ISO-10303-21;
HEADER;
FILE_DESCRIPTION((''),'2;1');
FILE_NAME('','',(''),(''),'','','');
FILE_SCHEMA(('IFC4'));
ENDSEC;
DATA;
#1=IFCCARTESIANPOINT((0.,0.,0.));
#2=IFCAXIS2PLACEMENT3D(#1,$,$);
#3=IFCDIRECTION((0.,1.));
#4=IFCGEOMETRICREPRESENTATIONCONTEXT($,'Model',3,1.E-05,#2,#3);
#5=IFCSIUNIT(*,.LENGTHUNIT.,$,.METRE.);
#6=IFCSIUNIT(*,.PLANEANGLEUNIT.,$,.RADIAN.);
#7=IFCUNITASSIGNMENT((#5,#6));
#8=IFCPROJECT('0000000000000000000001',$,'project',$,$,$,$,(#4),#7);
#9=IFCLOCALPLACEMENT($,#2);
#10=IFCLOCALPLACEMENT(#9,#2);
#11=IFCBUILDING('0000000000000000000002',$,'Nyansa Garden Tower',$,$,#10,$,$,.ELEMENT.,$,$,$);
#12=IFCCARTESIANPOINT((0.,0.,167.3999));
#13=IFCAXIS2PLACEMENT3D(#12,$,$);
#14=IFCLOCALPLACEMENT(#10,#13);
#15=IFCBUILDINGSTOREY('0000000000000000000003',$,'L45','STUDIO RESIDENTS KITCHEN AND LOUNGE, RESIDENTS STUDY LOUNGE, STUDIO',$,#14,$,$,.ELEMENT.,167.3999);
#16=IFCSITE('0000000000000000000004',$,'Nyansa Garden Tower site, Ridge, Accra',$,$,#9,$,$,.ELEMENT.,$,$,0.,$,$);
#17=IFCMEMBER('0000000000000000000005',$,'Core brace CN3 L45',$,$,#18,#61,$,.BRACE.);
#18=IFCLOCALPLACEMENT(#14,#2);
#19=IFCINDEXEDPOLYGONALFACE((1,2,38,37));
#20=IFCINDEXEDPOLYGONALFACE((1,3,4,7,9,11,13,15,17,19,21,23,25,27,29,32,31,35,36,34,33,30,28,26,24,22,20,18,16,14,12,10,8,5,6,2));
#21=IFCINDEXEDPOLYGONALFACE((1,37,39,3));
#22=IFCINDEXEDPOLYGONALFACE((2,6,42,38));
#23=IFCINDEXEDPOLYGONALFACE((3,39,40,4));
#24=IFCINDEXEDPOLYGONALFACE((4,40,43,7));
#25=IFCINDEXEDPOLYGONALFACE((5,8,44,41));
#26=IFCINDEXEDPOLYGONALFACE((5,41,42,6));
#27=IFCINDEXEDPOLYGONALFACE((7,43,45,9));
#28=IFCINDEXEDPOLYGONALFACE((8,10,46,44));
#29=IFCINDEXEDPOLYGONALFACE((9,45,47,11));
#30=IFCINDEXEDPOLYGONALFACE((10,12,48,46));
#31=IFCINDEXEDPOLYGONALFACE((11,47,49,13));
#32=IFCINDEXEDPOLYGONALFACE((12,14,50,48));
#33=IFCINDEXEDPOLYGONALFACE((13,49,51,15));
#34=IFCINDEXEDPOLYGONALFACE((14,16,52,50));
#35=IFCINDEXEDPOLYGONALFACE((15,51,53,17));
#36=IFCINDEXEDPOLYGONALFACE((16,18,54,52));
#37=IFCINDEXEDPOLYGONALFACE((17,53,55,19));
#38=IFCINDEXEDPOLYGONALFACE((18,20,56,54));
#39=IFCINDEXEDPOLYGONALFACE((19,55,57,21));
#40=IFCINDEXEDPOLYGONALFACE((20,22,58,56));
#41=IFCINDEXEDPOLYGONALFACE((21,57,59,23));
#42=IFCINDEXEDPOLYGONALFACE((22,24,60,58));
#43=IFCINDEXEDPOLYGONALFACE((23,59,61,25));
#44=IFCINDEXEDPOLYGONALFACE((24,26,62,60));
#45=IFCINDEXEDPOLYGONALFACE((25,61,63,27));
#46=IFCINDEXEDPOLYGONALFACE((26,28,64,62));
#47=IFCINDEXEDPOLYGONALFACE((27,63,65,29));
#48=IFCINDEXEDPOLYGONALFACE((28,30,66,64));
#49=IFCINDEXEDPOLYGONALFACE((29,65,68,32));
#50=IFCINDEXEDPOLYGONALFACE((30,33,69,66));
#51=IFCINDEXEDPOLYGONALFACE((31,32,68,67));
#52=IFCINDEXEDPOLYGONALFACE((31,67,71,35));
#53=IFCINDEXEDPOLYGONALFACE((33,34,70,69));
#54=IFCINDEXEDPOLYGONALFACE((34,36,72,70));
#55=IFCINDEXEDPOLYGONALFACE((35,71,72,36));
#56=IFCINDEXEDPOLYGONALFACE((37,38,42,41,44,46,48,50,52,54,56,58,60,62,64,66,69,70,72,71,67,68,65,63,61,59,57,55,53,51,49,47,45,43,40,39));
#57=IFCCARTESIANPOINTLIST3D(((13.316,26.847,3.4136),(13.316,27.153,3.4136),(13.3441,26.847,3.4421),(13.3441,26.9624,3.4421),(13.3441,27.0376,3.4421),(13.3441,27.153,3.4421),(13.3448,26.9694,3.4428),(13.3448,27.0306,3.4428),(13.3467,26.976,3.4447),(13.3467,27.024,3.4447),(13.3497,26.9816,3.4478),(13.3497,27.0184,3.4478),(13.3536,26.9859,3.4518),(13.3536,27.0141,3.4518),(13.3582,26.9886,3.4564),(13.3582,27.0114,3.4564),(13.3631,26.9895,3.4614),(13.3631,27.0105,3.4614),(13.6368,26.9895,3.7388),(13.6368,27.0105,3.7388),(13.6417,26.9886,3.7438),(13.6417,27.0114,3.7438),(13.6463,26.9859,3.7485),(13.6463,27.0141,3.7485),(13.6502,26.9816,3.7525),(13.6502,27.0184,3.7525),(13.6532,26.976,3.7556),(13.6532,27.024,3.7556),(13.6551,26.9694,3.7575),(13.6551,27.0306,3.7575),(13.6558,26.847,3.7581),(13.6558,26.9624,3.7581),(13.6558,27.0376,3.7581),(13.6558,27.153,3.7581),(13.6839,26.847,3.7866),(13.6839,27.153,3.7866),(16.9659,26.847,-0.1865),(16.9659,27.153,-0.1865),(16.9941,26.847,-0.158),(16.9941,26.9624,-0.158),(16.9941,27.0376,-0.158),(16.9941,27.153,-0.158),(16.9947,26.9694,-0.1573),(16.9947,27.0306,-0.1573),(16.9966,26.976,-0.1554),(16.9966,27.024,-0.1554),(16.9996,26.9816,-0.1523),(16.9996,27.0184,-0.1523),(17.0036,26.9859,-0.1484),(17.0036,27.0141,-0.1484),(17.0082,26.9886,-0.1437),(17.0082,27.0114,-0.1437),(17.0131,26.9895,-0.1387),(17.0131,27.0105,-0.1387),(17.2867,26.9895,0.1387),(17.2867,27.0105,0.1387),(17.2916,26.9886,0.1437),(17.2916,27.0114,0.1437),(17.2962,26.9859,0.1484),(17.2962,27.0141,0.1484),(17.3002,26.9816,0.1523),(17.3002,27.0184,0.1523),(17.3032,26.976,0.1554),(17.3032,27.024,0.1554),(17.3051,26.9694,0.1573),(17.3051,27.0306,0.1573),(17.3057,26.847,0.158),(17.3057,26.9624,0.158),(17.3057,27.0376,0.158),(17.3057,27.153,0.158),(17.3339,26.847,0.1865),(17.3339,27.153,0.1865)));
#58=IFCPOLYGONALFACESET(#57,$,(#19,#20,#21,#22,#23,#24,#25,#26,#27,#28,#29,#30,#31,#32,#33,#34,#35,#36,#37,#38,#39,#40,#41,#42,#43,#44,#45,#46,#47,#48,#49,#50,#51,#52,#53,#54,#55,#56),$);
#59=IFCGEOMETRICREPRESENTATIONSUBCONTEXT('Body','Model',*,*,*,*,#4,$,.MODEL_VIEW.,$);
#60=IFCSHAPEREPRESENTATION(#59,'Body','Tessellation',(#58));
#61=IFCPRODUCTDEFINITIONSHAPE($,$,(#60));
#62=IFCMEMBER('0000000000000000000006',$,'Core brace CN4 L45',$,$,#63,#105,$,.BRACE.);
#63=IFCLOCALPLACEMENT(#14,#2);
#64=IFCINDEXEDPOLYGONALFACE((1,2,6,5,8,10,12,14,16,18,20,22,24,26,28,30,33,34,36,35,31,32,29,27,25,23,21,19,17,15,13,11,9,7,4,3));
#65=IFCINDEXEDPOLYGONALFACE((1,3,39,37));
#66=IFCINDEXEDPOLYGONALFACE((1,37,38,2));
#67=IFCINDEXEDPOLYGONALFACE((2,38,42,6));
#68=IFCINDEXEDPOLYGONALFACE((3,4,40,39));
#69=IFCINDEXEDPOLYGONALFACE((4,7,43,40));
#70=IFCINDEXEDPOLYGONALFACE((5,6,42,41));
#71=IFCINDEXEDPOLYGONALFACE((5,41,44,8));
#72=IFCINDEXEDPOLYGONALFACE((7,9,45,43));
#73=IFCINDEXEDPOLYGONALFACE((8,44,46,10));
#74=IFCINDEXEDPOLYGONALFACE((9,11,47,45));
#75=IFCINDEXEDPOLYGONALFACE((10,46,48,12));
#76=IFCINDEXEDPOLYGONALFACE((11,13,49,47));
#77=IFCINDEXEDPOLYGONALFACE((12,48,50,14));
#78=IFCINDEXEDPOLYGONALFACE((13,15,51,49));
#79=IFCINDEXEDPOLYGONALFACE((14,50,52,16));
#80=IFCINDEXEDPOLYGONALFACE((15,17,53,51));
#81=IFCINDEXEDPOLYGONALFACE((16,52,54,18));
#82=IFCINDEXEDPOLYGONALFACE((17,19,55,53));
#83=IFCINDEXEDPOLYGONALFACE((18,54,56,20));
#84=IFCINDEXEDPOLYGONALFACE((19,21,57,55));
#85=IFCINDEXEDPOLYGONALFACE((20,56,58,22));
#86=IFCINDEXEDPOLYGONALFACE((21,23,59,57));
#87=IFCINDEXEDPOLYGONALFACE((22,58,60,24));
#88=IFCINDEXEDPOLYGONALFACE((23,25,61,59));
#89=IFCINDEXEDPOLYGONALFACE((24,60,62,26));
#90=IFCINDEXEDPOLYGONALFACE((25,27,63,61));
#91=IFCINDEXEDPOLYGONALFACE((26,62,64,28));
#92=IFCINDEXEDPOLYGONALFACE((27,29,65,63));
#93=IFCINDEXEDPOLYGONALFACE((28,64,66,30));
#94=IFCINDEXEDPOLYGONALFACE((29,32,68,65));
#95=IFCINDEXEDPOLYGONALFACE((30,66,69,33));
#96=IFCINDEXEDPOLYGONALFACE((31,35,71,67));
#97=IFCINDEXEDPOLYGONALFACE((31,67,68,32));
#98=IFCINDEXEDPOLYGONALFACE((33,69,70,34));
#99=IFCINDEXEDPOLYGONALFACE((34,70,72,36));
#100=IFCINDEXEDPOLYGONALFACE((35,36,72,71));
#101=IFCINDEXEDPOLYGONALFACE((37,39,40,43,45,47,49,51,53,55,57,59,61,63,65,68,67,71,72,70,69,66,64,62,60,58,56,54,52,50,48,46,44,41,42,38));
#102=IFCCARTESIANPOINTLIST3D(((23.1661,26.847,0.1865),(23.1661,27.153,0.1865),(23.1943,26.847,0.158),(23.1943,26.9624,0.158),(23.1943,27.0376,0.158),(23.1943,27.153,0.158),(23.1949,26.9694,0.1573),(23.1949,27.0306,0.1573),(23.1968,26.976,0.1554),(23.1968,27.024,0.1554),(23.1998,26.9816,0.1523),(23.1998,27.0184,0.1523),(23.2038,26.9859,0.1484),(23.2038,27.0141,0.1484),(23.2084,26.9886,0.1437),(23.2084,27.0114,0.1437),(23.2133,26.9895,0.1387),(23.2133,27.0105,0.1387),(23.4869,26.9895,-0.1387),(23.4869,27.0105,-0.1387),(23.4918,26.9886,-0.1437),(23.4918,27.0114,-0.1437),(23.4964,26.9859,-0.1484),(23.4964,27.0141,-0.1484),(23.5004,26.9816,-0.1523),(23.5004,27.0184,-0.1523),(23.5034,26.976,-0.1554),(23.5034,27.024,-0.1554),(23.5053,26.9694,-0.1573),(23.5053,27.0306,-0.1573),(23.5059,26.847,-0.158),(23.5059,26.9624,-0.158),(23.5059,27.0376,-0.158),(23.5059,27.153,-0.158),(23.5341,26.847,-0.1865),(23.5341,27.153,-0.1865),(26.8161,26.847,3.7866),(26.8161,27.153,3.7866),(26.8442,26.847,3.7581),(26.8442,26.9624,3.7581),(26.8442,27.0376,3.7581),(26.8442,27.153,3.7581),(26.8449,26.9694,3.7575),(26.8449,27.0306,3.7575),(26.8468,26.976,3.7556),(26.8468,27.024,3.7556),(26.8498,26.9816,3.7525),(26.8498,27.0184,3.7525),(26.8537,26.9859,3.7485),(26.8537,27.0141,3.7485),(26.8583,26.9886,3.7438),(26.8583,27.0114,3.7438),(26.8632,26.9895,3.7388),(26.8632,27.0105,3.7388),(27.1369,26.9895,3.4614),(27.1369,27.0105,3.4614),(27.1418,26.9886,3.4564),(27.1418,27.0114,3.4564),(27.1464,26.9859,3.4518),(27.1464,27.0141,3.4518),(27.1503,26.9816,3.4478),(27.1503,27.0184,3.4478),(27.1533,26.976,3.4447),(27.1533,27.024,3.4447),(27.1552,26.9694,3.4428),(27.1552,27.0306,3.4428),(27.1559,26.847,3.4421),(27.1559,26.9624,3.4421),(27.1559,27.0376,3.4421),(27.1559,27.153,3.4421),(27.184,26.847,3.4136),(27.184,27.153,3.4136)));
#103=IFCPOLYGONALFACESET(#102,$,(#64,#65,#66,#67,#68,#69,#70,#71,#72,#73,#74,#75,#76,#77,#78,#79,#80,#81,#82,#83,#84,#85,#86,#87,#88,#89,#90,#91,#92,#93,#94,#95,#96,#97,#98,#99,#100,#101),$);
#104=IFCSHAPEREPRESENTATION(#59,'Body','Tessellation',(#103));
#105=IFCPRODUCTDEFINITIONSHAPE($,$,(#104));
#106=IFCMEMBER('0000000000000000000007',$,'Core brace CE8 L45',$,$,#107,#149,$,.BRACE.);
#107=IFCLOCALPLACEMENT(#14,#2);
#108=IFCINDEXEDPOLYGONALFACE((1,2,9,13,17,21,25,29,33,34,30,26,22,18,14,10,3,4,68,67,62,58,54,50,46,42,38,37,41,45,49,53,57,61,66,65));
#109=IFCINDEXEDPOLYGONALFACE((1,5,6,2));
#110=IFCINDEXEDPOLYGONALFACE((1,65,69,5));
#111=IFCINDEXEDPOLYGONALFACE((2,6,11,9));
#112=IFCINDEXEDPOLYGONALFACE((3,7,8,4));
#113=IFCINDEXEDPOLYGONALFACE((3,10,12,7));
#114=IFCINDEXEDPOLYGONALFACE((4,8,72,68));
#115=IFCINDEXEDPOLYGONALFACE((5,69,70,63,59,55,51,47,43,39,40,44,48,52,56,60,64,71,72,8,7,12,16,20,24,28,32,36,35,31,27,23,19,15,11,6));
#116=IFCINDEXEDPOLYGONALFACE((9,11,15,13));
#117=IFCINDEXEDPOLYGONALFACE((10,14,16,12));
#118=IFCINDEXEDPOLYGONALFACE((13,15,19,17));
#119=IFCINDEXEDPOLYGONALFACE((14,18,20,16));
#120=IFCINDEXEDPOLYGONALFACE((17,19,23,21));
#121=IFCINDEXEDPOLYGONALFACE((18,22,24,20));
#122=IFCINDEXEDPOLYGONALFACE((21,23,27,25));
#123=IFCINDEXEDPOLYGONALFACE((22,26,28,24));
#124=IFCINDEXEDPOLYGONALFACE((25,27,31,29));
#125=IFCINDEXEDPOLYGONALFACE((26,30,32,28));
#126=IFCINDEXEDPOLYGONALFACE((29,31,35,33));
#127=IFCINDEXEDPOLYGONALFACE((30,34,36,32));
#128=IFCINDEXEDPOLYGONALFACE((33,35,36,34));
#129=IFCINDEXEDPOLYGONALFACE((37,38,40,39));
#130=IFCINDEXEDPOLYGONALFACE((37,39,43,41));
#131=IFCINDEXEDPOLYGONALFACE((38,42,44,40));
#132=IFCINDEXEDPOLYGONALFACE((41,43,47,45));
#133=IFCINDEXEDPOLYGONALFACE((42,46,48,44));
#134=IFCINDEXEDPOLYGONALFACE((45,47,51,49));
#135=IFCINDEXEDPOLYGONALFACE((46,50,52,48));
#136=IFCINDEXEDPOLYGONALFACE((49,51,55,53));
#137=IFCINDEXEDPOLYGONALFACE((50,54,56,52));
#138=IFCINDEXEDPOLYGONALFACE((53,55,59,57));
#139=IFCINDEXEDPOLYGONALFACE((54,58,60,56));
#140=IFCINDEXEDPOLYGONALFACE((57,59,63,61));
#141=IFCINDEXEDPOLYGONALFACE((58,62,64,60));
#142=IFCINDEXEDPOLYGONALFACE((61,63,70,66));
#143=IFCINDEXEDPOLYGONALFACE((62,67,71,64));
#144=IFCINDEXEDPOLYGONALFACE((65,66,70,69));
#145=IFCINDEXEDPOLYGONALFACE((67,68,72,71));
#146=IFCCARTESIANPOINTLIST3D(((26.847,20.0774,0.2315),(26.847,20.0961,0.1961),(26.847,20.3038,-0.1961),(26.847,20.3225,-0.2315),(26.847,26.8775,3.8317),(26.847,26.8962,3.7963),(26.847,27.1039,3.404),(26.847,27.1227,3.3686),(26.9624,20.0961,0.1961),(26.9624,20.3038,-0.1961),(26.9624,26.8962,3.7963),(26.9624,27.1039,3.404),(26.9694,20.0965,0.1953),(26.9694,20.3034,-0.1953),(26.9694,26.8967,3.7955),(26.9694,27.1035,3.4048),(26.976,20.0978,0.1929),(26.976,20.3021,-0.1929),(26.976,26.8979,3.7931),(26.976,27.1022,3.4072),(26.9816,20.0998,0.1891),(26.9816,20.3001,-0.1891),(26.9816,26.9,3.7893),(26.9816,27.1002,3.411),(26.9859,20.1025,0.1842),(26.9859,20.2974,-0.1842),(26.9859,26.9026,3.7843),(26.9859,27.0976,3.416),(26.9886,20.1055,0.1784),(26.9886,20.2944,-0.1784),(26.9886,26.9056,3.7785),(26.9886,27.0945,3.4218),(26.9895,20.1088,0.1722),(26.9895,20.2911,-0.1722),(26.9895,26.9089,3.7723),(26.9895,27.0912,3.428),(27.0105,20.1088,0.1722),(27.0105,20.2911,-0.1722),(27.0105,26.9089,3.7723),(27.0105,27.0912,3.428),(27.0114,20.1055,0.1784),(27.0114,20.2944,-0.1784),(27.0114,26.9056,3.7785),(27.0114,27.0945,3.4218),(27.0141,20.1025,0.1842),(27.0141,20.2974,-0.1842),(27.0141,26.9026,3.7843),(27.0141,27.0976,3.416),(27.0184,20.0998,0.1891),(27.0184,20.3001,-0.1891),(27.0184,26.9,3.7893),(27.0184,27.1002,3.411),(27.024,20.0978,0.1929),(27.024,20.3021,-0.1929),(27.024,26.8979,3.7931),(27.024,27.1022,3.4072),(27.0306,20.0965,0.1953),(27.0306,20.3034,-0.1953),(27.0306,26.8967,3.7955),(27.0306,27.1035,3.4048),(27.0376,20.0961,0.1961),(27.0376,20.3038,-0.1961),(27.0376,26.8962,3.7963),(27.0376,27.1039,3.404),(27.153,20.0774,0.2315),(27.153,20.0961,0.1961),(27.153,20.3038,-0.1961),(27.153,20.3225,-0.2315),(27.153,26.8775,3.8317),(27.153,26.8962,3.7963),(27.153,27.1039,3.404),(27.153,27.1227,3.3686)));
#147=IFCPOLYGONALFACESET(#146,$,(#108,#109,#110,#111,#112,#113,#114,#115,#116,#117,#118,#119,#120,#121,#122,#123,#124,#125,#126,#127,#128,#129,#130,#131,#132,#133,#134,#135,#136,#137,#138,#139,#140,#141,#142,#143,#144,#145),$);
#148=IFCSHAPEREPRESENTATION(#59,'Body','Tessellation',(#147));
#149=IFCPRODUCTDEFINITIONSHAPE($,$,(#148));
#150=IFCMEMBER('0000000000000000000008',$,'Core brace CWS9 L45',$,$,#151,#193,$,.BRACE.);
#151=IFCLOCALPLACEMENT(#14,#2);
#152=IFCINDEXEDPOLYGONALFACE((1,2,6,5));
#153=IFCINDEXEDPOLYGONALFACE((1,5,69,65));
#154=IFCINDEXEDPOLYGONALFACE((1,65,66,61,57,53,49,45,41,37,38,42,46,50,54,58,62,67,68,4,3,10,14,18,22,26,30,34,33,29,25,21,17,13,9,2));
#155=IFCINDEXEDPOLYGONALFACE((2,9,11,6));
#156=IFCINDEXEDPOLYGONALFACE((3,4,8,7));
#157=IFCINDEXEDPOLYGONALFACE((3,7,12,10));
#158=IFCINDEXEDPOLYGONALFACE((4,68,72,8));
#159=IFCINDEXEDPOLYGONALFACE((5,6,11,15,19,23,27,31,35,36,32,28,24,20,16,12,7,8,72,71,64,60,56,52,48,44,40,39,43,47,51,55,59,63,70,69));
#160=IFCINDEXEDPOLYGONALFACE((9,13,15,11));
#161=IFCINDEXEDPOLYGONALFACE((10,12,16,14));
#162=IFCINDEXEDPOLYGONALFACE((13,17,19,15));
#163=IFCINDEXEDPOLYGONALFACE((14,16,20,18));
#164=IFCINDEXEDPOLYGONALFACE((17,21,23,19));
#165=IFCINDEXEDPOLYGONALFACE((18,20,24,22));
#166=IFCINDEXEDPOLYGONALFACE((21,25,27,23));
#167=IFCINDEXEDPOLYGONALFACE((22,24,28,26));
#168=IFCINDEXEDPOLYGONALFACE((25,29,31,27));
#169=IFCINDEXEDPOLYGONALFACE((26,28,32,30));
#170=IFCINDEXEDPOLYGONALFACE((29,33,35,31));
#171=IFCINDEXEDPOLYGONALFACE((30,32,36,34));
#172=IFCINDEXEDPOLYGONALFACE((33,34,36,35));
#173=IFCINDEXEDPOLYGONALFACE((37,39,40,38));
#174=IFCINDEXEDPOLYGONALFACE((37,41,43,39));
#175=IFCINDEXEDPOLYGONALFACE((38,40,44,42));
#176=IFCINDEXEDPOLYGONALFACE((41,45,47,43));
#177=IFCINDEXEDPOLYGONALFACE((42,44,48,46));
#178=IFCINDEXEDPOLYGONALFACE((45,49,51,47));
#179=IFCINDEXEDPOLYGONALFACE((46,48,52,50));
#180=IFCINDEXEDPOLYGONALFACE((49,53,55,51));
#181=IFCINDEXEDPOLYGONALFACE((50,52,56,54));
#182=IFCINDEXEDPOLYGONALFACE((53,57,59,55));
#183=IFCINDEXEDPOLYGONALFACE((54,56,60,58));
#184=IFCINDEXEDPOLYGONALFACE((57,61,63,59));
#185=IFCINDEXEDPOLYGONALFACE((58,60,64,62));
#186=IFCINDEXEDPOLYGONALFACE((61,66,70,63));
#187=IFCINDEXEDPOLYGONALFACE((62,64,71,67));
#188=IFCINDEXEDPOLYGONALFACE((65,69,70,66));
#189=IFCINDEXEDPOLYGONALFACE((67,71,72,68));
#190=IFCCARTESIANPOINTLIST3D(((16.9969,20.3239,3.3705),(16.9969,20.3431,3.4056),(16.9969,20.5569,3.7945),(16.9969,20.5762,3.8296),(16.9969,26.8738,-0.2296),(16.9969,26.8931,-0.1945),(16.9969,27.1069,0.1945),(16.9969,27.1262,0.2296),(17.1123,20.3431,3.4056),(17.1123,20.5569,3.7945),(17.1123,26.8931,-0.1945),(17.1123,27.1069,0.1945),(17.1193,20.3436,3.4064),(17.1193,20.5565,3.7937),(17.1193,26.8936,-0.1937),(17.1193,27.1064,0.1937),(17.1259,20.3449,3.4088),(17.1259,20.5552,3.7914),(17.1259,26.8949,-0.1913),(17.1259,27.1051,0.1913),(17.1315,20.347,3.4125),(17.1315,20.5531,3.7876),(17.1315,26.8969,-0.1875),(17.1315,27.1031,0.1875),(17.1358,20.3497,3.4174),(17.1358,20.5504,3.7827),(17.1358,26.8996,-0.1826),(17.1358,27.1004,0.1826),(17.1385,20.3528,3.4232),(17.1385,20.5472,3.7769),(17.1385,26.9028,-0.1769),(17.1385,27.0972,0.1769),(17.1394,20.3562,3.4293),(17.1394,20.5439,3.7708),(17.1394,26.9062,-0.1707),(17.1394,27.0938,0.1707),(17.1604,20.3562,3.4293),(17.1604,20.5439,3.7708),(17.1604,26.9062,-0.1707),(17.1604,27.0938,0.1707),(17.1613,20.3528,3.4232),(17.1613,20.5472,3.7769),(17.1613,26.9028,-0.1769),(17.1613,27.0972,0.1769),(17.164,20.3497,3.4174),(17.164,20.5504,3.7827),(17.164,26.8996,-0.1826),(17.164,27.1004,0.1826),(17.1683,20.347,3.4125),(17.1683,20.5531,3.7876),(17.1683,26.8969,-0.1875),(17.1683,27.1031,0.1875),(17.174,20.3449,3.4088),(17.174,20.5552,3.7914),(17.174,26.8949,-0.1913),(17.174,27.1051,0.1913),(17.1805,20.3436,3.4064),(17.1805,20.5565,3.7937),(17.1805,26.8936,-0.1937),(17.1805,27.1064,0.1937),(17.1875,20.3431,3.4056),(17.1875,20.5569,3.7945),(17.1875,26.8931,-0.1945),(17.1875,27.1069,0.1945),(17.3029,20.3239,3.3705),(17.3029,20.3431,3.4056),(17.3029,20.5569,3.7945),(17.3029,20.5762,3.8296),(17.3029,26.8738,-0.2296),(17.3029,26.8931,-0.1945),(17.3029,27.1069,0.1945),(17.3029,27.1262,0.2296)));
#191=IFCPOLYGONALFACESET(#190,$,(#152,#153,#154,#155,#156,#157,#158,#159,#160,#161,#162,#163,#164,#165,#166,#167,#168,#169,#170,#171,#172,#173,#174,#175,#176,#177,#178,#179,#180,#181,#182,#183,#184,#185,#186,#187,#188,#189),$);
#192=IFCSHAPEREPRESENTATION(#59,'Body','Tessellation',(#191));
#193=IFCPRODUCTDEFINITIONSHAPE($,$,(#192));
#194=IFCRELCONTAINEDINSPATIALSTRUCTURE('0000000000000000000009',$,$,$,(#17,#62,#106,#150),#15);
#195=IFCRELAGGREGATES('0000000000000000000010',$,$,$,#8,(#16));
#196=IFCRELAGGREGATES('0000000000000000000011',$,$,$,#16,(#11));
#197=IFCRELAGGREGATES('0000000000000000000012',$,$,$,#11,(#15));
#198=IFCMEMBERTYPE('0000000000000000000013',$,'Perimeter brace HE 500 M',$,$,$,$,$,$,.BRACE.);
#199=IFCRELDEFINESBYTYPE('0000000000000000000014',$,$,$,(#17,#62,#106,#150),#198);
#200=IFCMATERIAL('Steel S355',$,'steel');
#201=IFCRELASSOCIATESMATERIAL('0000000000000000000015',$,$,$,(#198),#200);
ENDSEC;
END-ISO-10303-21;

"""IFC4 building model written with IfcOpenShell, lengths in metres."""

from ifc_helpers import new_model, si_unit, direction, frame, origin, origin_2d, place, context, subcontext, project, spatial, i_section, extrude, material, material_profile, profile_set, type_object, element, save


model = new_model("IFC4")

# Units and contexts
model_context = context("Model", 3, precision=1e-05, world=origin(), true_north=direction((0.0, 1.0)))
body_context = subcontext(model_context, "Body", "Model", "MODEL_VIEW")
ifc_project = project(units=[si_unit("LENGTHUNIT", "METRE"), si_unit("PLANEANGLEUNIT", "RADIAN")], contexts=[model_context])

# Site, building, storey
site_placement = place(None, origin())
site = spatial("IfcSite", under=ifc_project, at=site_placement, Name="Nyansa Garden Tower site, Ridge, Accra", CompositionType="ELEMENT", RefElevation=0.0)
building_placement = place(site_placement, origin())
building = spatial("IfcBuilding", under=site, at=building_placement, Name="Nyansa Garden Tower", CompositionType="ELEMENT")
storey_placement = place(building_placement, frame((0.0, 0.0, 167.3999)))
storey = spatial("IfcBuildingStorey", under=building, at=storey_placement, Name="L45", Description="STUDIO RESIDENTS KITCHEN AND LOUNGE, RESIDENTS STUDY LOUNGE, STUDIO", CompositionType="ELEMENT", Elevation=167.3999)

# Members
ifc_material_1 = material(Name="Steel S355", Category="steel")
ifc_material_profile_1 = material_profile(ifc_material_1, i_section(OverallWidth=0.3059, OverallDepth=0.5239, WebThickness=0.021, FlangeThickness=0.04, FilletRadius=0.0271, at=origin_2d()), Name="HE 500 M")
ifc_profile_set_1 = profile_set([ifc_material_profile_1], Name="Steel S355")
member_type = type_object("IfcMemberType", Name="Perimeter brace HE 500 M", PredefinedType="BRACE", material=ifc_profile_set_1)
for number, where, z_axis, x_axis, name in (
    (1, (17.1499, 27.0, 0.0), (-0.711948, 0.0, 0.702233), (0.0, -1.0, 0.0), "Core brace CN3 L45"),
    (2, (23.3501, 27.0, 0.0), (0.711948, 0.0, 0.702233), (0.0, 1.0, 0.0), "Core brace CN4 L45"),
):
    element("IfcMember", number, at=place(storey_placement, frame(where, z_axis=z_axis, x_axis=x_axis)), inside=storey, type_object=member_type, Name=name, PredefinedType="BRACE", context=body_context, shape_type="SweptSolid", body=[
        extrude(i_section(OverallWidth=0.3059, OverallDepth=0.5239, WebThickness=0.021, FlangeThickness=0.04, FilletRadius=0.0271, at=origin_2d()), origin(), (0.0, 0.0, 1.0), 5.1267),
    ])
member_placement = place(storey_placement, frame((27.0, 20.2, 0.0), z_axis=(0.0, 0.883784, 0.467895), x_axis=(-1.0, 0.0, 0.0)))
element("IfcMember", 3, at=member_placement, inside=storey, type_object=member_type, Name="Core brace CE8 L45", PredefinedType="BRACE", context=body_context, shape_type="SweptSolid", body=[
    extrude(i_section(OverallWidth=0.3059, OverallDepth=0.5239, WebThickness=0.021, FlangeThickness=0.04, FilletRadius=0.0271, at=origin_2d()), origin(), (0.0, 0.0, 1.0), 7.6943),
])
for number, where, z_axis, x_axis, name in (
    (4, (17.1499, 27.0, 0.0), (0.0, -0.876353, 0.481669), (1.0, 0.0, 0.0), "Core brace CWS9 L45"),
):
    element("IfcMember", number, at=place(storey_placement, frame(where, z_axis=z_axis, x_axis=x_axis)), inside=storey, type_object=member_type, Name=name, PredefinedType="BRACE", context=body_context, shape_type="SweptSolid", body=[
        extrude(i_section(OverallWidth=0.3059, OverallDepth=0.5239, WebThickness=0.021, FlangeThickness=0.04, FilletRadius=0.0271, at=origin_2d()), origin(), (0.0, 0.0, 1.0), 7.4741),
    ])

save(model, "model.ifc")
